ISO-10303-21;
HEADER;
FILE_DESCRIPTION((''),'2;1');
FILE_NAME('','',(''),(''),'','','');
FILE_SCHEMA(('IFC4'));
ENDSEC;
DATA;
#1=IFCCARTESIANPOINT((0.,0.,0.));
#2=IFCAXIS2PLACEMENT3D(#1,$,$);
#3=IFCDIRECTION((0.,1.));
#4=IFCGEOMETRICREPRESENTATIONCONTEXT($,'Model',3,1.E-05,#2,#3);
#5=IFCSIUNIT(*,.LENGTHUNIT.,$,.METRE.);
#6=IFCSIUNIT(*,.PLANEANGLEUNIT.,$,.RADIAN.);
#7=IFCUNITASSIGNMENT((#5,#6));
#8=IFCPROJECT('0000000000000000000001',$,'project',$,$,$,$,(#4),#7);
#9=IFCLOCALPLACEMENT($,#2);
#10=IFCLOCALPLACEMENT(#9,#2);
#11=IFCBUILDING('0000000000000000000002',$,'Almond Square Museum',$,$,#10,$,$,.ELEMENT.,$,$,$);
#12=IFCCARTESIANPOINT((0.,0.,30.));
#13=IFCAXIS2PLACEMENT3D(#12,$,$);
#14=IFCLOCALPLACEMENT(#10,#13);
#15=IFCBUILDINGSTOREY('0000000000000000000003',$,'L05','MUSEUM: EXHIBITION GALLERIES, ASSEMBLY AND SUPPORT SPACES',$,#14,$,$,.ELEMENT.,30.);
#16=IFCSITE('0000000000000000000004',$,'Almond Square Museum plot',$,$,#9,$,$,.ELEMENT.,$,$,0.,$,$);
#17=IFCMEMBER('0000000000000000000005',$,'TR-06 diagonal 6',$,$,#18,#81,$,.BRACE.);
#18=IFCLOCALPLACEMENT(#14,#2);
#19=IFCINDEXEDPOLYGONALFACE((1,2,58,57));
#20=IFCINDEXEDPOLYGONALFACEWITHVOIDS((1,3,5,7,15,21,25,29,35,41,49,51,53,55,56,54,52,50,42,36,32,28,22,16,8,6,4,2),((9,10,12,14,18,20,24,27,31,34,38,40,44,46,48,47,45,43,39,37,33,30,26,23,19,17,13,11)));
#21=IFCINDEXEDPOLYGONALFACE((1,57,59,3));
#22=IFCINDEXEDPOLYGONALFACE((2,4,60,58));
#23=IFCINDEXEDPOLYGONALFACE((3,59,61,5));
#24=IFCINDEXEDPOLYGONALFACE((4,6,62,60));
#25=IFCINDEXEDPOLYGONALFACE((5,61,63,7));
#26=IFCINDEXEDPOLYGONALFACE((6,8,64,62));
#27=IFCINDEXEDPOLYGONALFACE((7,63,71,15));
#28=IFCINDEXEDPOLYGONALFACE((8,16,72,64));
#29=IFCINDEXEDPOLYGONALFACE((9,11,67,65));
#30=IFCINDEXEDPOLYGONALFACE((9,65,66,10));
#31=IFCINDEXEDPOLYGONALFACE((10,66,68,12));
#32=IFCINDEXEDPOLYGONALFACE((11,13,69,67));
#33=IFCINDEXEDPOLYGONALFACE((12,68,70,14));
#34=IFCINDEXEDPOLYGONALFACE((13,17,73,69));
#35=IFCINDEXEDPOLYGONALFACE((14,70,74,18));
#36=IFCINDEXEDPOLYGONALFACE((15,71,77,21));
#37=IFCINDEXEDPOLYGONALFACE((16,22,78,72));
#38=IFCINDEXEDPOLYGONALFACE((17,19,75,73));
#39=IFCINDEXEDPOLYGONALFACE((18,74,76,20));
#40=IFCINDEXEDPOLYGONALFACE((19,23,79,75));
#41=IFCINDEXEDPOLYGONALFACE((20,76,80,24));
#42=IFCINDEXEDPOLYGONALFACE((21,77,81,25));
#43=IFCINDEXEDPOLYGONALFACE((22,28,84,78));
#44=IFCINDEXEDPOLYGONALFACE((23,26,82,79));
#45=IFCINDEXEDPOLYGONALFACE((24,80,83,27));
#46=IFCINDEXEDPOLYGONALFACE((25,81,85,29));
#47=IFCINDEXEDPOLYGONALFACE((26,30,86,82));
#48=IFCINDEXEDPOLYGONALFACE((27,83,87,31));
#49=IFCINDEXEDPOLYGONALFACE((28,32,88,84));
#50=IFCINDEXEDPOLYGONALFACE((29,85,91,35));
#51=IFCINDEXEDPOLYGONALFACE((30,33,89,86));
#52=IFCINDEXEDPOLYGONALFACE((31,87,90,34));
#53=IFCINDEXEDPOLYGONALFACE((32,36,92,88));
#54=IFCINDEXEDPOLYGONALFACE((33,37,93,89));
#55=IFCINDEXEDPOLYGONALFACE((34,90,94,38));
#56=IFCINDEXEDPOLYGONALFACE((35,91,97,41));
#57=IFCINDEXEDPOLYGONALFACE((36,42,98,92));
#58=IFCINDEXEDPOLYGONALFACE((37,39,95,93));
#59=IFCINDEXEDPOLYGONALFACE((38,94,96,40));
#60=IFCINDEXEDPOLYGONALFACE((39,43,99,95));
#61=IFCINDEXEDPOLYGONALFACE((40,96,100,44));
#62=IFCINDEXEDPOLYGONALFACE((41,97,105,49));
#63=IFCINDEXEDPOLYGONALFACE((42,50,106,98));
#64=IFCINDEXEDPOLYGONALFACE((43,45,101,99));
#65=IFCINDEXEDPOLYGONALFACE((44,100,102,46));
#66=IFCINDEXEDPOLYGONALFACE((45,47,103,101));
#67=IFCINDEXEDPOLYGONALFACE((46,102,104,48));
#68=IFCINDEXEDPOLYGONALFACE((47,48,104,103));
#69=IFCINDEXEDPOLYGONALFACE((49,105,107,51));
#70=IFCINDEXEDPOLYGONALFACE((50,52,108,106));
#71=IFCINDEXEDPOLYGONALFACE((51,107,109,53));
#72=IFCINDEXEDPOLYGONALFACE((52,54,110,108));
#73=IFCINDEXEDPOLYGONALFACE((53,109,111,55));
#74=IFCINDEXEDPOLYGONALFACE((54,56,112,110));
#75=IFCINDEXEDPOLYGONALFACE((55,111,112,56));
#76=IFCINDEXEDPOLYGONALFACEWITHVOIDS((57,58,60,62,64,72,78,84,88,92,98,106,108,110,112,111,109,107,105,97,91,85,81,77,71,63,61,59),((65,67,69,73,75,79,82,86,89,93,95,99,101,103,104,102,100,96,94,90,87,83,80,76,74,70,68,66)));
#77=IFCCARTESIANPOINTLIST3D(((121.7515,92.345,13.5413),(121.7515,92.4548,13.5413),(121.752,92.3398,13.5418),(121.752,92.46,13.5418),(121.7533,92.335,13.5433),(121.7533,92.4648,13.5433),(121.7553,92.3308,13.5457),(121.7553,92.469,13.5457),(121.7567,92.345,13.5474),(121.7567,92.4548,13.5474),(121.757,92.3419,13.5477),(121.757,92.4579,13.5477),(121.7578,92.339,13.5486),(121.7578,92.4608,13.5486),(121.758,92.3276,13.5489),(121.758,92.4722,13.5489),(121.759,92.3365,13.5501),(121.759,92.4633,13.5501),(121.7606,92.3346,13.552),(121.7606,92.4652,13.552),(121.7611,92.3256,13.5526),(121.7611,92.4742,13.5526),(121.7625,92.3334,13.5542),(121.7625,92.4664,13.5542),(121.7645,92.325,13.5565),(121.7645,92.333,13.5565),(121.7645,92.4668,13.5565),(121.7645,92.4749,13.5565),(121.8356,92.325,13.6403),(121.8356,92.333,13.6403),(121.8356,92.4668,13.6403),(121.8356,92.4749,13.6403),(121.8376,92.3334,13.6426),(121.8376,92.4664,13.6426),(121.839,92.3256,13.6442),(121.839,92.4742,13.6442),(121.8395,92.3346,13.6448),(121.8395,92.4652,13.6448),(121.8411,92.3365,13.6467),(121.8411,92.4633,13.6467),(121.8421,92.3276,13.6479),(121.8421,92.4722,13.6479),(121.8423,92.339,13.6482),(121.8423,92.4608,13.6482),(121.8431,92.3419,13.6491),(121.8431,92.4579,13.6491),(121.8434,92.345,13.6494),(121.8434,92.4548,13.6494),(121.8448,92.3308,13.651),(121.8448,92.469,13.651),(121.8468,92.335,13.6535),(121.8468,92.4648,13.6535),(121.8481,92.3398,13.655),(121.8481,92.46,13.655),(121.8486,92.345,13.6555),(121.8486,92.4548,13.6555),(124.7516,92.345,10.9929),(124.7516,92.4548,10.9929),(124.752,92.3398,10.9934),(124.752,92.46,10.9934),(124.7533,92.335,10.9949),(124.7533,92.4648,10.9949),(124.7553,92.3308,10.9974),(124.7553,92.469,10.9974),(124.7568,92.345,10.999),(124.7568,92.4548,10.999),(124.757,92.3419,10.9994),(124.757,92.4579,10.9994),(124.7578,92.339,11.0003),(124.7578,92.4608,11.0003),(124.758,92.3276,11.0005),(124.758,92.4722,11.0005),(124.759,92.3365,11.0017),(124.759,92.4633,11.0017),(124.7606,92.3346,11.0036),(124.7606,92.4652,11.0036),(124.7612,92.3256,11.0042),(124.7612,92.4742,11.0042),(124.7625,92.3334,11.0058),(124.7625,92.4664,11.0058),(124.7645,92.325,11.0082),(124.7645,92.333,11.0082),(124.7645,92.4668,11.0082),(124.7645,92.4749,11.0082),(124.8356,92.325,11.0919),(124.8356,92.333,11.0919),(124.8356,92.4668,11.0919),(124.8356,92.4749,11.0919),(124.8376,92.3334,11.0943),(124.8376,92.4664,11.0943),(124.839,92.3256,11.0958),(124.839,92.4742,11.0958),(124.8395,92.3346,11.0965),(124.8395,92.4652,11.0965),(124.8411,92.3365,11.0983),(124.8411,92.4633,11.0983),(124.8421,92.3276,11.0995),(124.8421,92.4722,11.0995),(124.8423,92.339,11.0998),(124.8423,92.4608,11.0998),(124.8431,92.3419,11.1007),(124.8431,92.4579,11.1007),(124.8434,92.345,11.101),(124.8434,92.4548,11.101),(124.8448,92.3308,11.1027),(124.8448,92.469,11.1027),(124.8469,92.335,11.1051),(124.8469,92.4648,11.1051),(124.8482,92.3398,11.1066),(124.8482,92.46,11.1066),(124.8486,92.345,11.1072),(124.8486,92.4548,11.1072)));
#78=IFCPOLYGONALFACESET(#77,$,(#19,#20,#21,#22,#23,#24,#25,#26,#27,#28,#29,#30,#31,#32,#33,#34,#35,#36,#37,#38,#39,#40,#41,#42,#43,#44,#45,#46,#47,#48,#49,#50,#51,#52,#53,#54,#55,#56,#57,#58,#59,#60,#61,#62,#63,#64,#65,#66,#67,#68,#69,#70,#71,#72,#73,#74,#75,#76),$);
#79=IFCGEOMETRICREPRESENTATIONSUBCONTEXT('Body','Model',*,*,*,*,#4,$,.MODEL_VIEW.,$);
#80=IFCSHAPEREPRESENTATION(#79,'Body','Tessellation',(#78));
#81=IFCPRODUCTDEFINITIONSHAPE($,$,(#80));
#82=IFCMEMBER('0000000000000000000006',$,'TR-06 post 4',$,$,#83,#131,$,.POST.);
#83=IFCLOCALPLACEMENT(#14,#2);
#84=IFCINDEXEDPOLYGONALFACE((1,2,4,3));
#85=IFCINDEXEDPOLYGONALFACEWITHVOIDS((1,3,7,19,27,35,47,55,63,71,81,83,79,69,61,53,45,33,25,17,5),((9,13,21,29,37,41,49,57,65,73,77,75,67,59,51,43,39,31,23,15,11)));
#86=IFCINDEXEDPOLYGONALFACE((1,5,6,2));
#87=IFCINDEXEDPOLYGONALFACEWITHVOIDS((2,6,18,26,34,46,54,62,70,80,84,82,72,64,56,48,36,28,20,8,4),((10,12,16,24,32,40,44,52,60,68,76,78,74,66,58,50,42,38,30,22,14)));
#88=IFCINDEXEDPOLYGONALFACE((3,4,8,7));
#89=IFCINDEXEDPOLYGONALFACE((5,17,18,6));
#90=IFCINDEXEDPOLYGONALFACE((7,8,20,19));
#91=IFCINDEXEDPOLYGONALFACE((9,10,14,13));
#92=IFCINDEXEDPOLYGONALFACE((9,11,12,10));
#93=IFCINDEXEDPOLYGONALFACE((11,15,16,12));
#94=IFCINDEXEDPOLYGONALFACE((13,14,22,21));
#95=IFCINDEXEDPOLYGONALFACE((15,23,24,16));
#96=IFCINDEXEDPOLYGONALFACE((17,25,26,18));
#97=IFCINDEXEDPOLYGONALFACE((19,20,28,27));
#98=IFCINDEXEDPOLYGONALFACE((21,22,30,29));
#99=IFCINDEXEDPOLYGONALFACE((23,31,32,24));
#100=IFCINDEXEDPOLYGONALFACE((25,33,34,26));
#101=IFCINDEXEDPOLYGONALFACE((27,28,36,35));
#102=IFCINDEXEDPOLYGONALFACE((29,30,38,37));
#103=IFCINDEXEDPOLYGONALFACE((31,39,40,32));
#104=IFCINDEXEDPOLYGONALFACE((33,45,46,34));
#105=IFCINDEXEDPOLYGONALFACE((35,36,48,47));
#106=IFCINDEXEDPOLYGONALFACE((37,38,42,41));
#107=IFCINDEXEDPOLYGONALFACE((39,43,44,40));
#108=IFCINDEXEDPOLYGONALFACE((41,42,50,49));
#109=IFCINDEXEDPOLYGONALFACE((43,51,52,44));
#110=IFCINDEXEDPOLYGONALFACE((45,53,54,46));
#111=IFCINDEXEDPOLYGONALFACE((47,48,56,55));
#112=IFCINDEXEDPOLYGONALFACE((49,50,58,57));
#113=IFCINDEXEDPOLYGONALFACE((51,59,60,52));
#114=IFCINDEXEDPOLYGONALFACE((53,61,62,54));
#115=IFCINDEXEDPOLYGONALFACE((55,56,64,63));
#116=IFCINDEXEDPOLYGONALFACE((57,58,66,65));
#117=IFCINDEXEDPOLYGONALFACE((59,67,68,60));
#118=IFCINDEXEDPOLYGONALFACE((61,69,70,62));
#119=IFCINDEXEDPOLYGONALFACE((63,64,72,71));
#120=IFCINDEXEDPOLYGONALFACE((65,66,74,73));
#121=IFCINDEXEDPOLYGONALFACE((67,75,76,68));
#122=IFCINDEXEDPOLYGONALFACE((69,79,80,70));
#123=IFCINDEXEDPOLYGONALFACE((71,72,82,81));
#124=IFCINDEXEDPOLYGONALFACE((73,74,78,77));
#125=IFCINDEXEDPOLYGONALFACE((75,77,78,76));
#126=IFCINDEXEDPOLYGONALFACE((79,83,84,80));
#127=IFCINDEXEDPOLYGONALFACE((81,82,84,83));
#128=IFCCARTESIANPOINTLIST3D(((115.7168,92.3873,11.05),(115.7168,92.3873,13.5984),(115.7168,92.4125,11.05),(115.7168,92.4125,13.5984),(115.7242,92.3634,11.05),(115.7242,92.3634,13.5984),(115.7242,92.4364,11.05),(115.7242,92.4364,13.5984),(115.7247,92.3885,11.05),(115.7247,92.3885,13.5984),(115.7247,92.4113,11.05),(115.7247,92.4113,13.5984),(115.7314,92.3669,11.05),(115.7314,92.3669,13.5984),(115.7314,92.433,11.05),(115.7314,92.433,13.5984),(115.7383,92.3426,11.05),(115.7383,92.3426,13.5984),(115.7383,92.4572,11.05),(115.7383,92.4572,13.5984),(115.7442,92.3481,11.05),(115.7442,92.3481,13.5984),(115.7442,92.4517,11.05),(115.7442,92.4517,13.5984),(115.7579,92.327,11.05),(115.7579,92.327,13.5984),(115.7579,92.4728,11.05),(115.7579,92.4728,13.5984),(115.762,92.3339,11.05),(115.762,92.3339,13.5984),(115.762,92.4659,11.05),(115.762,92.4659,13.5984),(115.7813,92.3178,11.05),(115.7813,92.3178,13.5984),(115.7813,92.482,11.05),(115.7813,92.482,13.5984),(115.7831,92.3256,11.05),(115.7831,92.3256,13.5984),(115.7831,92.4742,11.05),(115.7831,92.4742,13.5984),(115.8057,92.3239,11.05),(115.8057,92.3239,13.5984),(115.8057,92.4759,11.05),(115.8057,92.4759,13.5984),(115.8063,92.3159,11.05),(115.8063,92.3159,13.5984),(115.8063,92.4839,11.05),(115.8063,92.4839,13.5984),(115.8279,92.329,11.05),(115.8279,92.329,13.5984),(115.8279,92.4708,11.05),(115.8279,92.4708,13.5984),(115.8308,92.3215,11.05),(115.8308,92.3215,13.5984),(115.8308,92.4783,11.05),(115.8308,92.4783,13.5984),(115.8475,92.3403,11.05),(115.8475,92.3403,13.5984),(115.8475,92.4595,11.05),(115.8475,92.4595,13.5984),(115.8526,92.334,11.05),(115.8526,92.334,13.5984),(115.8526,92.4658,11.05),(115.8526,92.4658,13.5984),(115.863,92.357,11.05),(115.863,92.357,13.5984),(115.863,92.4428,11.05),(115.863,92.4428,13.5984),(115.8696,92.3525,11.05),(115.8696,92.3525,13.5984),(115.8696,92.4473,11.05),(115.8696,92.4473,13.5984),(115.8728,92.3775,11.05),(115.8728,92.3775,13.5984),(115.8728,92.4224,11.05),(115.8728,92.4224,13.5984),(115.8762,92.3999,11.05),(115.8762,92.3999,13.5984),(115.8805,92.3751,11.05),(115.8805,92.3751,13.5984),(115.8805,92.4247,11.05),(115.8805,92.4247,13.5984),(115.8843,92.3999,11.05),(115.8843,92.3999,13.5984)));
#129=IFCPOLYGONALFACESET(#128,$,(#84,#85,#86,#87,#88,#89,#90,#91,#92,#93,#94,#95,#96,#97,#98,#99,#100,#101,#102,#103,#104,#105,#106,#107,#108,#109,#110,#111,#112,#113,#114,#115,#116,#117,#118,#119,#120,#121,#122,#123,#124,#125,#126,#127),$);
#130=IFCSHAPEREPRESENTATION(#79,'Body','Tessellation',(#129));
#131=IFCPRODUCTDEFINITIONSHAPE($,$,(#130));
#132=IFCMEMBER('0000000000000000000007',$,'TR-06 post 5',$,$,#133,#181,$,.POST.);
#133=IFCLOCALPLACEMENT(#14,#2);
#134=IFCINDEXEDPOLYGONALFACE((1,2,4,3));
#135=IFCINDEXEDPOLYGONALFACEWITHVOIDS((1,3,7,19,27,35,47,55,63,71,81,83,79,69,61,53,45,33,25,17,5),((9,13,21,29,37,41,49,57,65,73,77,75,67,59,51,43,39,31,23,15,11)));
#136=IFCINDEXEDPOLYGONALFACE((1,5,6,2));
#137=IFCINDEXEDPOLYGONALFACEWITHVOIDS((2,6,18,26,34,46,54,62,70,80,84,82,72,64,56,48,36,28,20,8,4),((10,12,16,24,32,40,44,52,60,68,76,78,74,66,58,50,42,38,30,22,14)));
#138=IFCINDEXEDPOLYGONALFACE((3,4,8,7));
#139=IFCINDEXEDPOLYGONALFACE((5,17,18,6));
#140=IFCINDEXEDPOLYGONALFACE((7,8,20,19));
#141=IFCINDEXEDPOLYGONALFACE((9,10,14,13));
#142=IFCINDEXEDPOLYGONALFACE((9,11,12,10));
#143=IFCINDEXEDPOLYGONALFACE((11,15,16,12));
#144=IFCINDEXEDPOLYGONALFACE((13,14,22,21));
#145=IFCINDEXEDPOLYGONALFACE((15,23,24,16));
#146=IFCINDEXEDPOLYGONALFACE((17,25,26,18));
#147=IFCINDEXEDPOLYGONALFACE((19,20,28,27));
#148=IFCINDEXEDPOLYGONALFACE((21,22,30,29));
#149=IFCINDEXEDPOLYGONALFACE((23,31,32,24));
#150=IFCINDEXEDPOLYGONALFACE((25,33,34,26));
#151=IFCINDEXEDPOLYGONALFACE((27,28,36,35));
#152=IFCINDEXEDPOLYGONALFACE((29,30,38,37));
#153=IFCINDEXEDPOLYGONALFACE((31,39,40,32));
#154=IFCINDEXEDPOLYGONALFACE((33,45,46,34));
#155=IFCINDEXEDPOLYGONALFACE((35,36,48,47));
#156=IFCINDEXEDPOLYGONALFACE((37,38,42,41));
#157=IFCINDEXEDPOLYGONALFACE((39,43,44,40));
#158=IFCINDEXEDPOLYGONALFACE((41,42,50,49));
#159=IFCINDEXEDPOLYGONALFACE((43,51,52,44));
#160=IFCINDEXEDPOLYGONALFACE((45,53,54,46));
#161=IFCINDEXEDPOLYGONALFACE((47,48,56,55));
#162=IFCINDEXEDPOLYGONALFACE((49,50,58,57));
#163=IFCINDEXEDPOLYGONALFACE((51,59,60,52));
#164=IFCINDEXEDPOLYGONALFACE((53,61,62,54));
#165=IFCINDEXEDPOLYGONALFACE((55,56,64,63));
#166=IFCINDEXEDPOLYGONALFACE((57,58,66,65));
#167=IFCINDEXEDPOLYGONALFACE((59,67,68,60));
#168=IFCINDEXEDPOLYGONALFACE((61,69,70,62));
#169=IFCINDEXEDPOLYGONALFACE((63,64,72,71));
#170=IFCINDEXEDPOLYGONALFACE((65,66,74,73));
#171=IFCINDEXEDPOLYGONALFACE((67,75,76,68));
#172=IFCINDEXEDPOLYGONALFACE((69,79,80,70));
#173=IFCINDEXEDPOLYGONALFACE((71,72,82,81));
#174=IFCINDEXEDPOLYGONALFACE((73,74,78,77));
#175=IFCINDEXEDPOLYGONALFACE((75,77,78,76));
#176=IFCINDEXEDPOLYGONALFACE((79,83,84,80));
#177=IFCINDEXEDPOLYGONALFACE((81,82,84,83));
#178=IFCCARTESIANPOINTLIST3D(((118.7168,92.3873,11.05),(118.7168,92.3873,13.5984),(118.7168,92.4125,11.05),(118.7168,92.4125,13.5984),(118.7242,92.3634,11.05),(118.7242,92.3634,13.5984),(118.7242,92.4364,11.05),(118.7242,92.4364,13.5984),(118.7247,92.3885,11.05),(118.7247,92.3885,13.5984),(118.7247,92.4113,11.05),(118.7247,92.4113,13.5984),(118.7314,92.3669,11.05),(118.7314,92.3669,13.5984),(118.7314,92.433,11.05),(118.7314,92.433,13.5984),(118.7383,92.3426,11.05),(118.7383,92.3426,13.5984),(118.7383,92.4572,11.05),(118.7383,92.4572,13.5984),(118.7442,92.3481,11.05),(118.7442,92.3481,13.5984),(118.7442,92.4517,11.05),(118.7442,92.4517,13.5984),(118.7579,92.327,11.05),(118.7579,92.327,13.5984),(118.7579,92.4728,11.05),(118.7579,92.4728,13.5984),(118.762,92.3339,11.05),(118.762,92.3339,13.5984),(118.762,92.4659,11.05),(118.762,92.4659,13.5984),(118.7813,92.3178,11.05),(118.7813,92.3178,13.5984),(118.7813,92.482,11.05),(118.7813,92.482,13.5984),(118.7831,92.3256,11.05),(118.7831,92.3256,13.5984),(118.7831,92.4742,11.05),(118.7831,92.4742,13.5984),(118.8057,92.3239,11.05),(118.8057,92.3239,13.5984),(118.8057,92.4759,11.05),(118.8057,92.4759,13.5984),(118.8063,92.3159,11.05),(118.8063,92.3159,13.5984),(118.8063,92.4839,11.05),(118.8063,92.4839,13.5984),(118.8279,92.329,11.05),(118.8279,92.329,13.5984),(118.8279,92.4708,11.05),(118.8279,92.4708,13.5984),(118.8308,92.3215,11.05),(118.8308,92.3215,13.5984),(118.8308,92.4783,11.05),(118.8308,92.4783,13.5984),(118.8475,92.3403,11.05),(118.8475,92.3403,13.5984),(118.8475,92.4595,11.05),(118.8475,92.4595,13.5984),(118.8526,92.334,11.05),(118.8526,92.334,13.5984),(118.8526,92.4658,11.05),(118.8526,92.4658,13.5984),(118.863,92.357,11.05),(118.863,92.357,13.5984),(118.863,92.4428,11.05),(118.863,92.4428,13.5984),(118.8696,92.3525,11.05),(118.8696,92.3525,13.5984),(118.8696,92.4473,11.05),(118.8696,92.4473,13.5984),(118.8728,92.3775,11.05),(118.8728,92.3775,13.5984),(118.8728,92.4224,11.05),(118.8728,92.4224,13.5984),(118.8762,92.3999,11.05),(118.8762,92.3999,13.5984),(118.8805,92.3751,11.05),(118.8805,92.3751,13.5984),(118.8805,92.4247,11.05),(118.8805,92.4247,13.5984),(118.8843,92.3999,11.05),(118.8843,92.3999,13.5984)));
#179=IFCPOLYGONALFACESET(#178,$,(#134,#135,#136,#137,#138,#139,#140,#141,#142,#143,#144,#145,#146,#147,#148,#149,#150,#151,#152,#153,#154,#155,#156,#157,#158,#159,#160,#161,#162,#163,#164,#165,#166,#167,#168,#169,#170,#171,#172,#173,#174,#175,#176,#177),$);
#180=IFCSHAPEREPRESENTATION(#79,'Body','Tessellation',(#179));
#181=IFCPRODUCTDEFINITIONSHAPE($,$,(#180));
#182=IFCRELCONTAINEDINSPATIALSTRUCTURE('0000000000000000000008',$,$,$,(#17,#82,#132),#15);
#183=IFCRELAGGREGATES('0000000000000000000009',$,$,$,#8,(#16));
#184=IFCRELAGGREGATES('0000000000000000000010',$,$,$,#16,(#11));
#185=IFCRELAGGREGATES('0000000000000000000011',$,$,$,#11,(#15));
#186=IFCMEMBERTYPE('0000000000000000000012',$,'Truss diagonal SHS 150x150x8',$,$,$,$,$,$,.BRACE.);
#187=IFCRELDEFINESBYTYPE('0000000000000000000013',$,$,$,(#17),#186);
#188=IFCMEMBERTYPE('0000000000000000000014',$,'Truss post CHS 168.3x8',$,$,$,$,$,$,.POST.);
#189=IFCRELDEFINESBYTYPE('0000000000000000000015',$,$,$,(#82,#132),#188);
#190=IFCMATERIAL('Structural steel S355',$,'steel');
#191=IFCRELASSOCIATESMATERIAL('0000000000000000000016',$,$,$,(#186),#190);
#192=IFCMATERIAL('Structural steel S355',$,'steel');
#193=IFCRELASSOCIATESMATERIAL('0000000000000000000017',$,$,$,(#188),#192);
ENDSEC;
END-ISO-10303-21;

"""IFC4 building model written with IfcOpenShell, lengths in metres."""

from ifc_helpers import new_model, si_unit, direction, frame, origin, origin_2d, place, context, subcontext, project, spatial, hollow_rectangle, hollow_circle, extrude, material, material_profile, profile_set, type_object, element, save


model = new_model("IFC4")

# Units and contexts
model_context = context("Model", 3, precision=1e-05, world=origin(), true_north=direction((0.0, 1.0)))
body_context = subcontext(model_context, "Body", "Model", "MODEL_VIEW")
ifc_project = project(units=[si_unit("LENGTHUNIT", "METRE"), si_unit("PLANEANGLEUNIT", "RADIAN")], contexts=[model_context])

# Site, building, storey
site_placement = place(None, origin())
site = spatial("IfcSite", under=ifc_project, at=site_placement, Name="Almond Square Museum plot", CompositionType="ELEMENT", RefElevation=0.0)
building_placement = place(site_placement, origin())
building = spatial("IfcBuilding", under=site, at=building_placement, Name="Almond Square Museum", CompositionType="ELEMENT")
storey_placement = place(building_placement, frame((0.0, 0.0, 30.0)))
storey = spatial("IfcBuildingStorey", under=building, at=storey_placement, Name="L05", Description="MUSEUM: EXHIBITION GALLERIES, ASSEMBLY AND SUPPORT SPACES", CompositionType="ELEMENT", Elevation=30.0)

# Members
ifc_material_1 = material(Name="Structural steel S355", Category="steel")
ifc_material_profile_1 = material_profile(ifc_material_1, hollow_rectangle(XDim=0.1499, YDim=0.1499, WallThickness=0.0081, InnerFilletRadius=0.012, OuterFilletRadius=0.02, at=origin_2d()))
ifc_profile_set_1 = profile_set([ifc_material_profile_1], Name="Structural steel S355")
member_type_1 = type_object("IfcMemberType", Name="Truss diagonal SHS 150x150x8", PredefinedType="BRACE", material=ifc_profile_set_1)
for number, where, z_axis, x_axis, name in (
    (1, (121.8, 92.3999, 13.5984), (0.762147, 0.0, -0.647404), (0.0, 1.0, 0.0), "TR-06 diagonal 6"),
):
    element("IfcMember", number, at=place(storey_placement, frame(where, z_axis=z_axis, x_axis=x_axis)), inside=storey, type_object=member_type_1, Name=name, PredefinedType="BRACE", context=body_context, shape_type="SweptSolid", body=[
        extrude(hollow_rectangle(XDim=0.1499, YDim=0.1499, WallThickness=0.0081, InnerFilletRadius=0.012, OuterFilletRadius=0.02, at=origin_2d()), origin(), (0.0, 0.0, 1.0), 3.9363),
    ])
ifc_material_2 = material(Name="Structural steel S355", Category="steel")
ifc_material_profile_2 = material_profile(ifc_material_2, hollow_circle(Radius=0.0842, WallThickness=0.0081, at=origin_2d()))
ifc_profile_set_2 = profile_set([ifc_material_profile_2], Name="Structural steel S355")
member_type_2 = type_object("IfcMemberType", Name="Truss post CHS 168.3x8", PredefinedType="POST", material=ifc_profile_set_2)
for number, where, z_axis, x_axis, name in (
    (2, (115.8, 92.3999, 11.05), (0.0, 0.0, 1.0), (1.0, 0.0, 0.0), "TR-06 post 4"),
    (3, (118.8, 92.3999, 11.05), (0.0, 0.0, 1.0), (1.0, 0.0, 0.0), "TR-06 post 5"),
):
    element("IfcMember", number, at=place(storey_placement, frame(where, z_axis=z_axis, x_axis=x_axis)), inside=storey, type_object=member_type_2, Name=name, PredefinedType="POST", context=body_context, shape_type="SweptSolid", body=[
        extrude(hollow_circle(Radius=0.0842, WallThickness=0.0081, at=origin_2d()), origin(), (0.0, 0.0, 1.0), 2.5483),
    ])

save(model, "model.ifc")
